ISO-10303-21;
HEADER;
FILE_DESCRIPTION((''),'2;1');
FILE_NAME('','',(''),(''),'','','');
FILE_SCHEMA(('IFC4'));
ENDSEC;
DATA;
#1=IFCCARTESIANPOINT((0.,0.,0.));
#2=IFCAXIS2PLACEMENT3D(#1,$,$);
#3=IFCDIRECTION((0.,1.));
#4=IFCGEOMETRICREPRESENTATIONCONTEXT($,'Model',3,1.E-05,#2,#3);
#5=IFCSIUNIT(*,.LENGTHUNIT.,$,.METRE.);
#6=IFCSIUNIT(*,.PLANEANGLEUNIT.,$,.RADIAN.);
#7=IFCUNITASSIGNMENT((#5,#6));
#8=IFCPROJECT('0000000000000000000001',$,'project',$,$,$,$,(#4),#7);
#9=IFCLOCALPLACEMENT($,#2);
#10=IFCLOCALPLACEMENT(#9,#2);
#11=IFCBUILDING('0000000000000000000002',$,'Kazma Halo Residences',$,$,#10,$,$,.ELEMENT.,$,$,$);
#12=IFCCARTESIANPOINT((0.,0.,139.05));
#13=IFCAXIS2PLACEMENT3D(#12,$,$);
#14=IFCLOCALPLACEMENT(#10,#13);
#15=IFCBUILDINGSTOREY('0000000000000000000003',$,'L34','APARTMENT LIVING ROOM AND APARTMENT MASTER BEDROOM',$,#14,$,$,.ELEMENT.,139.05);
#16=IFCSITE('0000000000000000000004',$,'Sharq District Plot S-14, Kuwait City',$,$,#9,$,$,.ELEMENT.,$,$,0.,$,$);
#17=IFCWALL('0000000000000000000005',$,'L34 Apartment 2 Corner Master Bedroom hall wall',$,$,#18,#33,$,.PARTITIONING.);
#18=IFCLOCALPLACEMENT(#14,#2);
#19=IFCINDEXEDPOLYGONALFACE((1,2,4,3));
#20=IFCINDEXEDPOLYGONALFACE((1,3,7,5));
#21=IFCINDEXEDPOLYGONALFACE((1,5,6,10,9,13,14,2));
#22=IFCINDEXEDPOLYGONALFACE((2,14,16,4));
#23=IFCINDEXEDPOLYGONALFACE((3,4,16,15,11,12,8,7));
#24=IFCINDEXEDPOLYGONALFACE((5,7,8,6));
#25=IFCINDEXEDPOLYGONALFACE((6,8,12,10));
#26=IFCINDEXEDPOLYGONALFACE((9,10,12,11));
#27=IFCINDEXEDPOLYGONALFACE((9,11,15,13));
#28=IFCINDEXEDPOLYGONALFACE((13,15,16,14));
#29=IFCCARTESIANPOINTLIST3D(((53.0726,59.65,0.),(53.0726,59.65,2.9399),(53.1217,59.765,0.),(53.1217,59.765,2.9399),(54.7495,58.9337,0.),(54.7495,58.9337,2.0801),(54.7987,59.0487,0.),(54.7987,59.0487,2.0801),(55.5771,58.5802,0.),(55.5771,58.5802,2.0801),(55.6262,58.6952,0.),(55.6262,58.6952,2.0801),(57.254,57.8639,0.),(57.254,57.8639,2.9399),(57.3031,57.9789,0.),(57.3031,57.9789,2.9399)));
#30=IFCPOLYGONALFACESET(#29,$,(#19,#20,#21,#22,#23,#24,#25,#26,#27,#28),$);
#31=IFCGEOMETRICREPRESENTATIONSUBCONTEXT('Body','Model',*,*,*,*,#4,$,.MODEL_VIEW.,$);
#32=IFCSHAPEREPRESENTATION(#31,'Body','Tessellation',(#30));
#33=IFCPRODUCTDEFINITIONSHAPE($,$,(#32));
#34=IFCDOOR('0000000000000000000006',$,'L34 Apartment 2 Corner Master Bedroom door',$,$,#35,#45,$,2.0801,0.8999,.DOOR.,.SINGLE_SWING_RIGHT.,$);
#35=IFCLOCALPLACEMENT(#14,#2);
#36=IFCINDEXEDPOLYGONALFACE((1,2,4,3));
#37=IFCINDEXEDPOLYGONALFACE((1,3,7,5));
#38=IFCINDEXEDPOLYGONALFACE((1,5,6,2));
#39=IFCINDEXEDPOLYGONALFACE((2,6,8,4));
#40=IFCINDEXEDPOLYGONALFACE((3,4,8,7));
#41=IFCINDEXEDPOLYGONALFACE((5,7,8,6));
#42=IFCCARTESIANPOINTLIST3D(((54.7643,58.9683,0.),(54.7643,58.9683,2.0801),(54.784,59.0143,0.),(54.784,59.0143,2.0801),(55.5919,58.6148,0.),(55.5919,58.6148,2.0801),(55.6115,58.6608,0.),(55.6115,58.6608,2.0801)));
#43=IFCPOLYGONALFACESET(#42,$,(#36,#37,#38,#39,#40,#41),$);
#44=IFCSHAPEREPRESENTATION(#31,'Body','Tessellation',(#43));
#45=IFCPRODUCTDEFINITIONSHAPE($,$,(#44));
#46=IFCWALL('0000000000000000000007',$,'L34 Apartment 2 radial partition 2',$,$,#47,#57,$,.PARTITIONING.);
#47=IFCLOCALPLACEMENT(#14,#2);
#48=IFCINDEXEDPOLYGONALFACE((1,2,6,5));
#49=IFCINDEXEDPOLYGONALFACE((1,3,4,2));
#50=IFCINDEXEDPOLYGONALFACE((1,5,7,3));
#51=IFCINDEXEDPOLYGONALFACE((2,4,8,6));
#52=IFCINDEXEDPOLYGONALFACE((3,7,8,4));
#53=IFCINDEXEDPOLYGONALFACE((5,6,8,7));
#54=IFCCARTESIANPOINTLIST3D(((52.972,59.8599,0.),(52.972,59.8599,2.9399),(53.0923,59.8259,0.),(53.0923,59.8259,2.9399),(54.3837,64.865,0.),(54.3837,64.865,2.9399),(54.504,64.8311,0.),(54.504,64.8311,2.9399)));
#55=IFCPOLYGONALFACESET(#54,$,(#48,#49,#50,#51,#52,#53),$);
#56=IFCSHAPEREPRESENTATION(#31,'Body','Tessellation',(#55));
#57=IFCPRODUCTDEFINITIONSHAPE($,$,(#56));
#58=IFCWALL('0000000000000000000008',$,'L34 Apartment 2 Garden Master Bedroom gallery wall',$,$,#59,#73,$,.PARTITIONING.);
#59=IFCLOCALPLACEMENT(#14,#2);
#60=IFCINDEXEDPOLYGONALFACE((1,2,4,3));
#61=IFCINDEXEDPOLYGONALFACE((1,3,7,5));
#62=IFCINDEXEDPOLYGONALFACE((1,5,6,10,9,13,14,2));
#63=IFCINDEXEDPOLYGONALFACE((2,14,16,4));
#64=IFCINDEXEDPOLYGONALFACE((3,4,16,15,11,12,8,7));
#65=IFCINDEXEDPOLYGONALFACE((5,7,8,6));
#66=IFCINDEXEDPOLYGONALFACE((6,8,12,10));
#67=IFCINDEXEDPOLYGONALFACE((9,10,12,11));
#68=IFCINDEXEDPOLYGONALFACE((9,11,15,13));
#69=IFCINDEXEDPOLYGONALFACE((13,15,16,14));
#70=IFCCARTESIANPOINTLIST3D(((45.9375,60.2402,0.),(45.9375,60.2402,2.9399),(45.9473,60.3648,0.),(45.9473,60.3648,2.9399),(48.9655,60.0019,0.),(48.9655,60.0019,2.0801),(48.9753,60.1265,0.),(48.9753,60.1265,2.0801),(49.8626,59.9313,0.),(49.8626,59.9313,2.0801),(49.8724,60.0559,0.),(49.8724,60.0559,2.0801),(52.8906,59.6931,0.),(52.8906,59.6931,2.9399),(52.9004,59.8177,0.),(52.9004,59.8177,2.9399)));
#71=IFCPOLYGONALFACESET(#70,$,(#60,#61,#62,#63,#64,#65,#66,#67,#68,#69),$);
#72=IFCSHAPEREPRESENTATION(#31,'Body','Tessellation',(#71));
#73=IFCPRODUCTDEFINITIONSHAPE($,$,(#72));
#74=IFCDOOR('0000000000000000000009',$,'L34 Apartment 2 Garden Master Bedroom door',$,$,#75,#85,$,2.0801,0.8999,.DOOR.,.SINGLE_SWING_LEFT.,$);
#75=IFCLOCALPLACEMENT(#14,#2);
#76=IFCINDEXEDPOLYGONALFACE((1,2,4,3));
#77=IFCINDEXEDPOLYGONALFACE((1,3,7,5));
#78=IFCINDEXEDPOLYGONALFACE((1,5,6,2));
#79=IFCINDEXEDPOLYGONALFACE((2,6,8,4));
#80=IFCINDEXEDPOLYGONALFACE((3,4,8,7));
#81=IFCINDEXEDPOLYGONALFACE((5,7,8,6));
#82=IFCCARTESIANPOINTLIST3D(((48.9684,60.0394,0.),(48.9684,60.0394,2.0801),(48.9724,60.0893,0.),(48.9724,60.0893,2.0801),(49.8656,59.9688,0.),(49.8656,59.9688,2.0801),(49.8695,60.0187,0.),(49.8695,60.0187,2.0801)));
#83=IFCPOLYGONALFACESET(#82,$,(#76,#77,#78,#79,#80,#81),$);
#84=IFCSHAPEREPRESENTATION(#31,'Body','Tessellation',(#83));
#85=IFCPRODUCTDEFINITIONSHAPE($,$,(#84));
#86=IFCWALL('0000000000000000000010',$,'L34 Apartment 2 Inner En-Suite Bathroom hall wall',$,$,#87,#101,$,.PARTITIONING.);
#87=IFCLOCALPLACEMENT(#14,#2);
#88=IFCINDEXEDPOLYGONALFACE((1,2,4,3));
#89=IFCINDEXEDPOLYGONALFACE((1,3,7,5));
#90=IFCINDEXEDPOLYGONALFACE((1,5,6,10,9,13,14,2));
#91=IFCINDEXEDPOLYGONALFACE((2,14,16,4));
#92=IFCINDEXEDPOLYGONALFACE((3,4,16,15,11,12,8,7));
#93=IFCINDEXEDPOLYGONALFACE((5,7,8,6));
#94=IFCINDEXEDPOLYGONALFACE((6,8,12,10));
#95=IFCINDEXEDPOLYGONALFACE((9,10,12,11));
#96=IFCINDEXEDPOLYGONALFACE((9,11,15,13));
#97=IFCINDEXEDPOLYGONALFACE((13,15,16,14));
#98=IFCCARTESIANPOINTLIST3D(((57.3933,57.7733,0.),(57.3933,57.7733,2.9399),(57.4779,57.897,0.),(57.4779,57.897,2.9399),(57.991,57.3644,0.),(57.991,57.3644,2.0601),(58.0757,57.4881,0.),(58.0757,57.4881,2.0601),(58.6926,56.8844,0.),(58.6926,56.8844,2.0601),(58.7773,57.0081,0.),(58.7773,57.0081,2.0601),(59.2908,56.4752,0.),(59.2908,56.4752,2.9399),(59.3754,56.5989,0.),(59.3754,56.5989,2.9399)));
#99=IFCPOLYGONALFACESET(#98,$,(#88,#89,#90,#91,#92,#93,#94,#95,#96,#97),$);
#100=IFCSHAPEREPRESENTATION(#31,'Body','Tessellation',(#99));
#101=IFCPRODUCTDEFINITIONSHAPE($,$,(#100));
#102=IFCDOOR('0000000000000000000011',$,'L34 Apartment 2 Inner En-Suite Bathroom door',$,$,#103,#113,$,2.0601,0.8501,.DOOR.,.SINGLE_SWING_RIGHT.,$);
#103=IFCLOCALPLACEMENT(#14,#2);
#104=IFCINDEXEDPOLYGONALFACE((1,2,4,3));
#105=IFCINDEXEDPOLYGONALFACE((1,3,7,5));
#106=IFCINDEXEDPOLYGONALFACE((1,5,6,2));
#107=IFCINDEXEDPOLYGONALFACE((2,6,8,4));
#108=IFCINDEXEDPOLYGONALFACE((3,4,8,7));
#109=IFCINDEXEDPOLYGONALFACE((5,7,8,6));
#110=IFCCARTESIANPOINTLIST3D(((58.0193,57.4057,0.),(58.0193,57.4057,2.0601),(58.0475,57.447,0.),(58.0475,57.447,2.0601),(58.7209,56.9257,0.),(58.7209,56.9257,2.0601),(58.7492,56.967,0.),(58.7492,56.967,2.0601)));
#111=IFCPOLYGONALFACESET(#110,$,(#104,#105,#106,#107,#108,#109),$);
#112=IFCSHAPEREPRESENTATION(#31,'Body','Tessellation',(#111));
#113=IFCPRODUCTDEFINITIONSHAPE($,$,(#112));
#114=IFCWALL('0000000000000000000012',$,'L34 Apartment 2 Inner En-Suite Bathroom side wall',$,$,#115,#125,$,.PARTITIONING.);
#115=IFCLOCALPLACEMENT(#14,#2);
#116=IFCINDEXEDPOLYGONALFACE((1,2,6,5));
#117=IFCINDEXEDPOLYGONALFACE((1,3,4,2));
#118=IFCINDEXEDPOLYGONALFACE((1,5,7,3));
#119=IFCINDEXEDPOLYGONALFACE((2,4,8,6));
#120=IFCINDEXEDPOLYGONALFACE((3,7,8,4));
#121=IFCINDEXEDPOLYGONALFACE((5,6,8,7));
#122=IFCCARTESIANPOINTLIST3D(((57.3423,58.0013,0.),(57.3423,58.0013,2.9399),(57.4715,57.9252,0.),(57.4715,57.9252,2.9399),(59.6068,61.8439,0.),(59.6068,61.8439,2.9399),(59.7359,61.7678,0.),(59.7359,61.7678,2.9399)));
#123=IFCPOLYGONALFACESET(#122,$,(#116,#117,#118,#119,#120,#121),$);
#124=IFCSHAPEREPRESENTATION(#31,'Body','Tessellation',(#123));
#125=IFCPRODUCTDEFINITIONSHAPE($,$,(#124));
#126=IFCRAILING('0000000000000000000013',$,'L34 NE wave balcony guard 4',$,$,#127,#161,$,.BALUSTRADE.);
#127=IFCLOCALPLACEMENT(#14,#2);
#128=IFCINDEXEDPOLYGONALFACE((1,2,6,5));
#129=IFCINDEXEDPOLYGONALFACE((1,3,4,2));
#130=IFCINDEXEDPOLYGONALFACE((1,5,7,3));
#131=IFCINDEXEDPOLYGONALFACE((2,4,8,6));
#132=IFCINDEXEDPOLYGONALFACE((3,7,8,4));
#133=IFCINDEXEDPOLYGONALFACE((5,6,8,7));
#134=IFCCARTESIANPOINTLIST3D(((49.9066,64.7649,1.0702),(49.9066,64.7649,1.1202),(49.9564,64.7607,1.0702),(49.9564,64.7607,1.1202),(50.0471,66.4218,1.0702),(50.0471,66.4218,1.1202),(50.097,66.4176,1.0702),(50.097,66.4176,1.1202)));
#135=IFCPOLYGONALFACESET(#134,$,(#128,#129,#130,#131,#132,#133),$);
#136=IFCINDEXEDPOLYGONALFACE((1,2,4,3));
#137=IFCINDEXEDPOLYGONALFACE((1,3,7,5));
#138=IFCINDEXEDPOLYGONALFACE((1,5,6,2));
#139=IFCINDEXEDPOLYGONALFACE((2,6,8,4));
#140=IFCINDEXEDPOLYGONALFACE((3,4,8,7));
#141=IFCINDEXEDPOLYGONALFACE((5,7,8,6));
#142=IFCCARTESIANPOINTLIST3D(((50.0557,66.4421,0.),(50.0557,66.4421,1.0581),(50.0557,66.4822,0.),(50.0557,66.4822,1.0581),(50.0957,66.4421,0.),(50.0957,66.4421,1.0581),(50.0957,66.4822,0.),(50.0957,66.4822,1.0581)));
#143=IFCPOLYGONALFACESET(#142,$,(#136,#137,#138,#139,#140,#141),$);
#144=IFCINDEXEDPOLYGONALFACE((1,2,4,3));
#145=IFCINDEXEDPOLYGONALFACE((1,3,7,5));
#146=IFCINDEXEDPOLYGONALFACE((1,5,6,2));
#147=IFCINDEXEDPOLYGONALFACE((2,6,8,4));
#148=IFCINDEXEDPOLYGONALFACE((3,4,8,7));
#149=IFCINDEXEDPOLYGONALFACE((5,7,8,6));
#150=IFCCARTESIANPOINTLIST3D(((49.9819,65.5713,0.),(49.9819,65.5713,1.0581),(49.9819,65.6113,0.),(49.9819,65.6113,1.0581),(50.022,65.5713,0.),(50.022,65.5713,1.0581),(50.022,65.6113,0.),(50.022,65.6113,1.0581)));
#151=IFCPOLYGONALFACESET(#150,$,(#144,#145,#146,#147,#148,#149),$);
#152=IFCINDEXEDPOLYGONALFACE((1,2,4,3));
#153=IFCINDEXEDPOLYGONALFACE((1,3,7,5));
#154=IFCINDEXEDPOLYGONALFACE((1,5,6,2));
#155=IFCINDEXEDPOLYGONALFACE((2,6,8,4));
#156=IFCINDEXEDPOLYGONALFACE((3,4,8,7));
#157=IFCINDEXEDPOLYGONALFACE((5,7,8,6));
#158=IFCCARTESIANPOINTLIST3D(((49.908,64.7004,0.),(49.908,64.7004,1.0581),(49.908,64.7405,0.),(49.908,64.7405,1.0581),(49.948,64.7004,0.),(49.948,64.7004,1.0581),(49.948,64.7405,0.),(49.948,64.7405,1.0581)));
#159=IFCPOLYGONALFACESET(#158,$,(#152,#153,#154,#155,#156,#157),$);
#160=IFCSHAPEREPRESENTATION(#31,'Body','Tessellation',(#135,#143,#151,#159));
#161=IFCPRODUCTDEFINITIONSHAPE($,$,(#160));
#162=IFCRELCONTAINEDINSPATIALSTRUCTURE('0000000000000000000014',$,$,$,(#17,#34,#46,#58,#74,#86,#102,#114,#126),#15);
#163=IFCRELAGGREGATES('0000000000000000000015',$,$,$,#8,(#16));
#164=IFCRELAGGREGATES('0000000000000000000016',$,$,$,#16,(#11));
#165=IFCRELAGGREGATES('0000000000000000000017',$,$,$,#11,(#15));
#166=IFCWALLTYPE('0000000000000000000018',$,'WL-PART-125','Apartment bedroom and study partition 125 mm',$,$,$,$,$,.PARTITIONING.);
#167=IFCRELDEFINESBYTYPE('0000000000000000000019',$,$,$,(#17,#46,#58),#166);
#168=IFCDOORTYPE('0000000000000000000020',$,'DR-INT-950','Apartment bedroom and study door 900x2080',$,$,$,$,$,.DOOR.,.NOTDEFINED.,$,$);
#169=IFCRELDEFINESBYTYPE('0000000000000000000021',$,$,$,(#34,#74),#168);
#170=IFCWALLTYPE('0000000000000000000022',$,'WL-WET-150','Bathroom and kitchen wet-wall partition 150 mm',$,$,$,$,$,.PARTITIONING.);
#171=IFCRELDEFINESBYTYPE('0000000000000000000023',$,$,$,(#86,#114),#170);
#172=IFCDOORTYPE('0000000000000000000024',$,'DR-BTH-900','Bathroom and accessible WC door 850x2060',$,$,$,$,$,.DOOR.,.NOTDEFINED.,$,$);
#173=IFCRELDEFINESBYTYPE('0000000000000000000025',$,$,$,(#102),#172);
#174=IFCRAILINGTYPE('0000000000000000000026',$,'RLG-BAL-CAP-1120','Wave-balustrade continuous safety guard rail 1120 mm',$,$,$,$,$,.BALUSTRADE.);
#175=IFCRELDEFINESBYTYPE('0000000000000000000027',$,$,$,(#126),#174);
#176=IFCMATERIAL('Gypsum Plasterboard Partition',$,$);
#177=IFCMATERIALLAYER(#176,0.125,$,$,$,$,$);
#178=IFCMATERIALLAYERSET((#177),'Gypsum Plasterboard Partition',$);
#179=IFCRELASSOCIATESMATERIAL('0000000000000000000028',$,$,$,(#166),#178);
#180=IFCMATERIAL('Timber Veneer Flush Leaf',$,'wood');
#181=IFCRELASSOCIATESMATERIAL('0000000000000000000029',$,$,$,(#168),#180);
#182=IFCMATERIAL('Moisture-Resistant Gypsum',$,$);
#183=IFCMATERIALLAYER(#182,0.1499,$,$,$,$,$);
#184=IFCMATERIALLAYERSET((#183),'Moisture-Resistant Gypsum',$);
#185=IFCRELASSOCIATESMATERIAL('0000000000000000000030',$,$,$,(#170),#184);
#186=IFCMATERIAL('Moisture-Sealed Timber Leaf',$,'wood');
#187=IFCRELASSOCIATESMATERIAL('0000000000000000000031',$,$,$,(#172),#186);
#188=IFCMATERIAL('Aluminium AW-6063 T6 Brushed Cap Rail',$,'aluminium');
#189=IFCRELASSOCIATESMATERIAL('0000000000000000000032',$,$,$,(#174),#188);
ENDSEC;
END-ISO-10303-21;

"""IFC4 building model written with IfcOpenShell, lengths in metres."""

from ifc_helpers import new_model, si_unit, direction, frame, frame_2d, origin, origin_2d, place, context, subcontext, project, spatial, rectangle, extrude, material, layer, layer_set, type_object, element, fill, save


model = new_model("IFC4")

# Units and contexts
model_context = context("Model", 3, precision=1e-05, world=origin(), true_north=direction((0.0, 1.0)))
body_context = subcontext(model_context, "Body", "Model", "MODEL_VIEW")
ifc_project = project(units=[si_unit("LENGTHUNIT", "METRE"), si_unit("PLANEANGLEUNIT", "RADIAN")], contexts=[model_context])

# Site, building, storey
site_placement = place(None, origin())
site = spatial("IfcSite", under=ifc_project, at=site_placement, Name="Sharq District Plot S-14, Kuwait City", CompositionType="ELEMENT", RefElevation=0.0)
building_placement = place(site_placement, origin())
building = spatial("IfcBuilding", under=site, at=building_placement, Name="Kazma Halo Residences", CompositionType="ELEMENT")
storey_placement = place(building_placement, frame((0.0, 0.0, 139.05)))
storey = spatial("IfcBuildingStorey", under=building, at=storey_placement, Name="L34", Description="APARTMENT LIVING ROOM AND APARTMENT MASTER BEDROOM", CompositionType="ELEMENT", Elevation=139.05)

# Shared definitions
ifc_material_1 = material(Name="Gypsum Plasterboard Partition")
ifc_layer_1 = layer(ifc_material_1, 0.125)
ifc_layer_set_1 = layer_set([ifc_layer_1], Name="Gypsum Plasterboard Partition")
wall_type_1 = type_object("IfcWallType", Name="WL-PART-125", Description="Apartment bedroom and study partition 125 mm", PredefinedType="PARTITIONING", material=ifc_layer_set_1)

# Wall, opening, door
wall_1_placement = place(storey_placement, frame((57.2786, 57.9214, 0.0), z_axis=(0.0, 0.0, 1.0), x_axis=(-0.919614, 0.392824, 0.0)))
wall_1 = element("IfcWall", 1, at=wall_1_placement, inside=storey, type_object=wall_type_1, Name="L34 Apartment 2 Corner Master Bedroom hall wall", PredefinedType="PARTITIONING", context=body_context, shape_type="SweptSolid", body=[
    extrude(rectangle(XDim=4.5469, YDim=0.125, at=frame_2d((2.2734, 0.0))), origin(), (0.0, 0.0, 1.0), 2.9399),
])
opening_1_placement = place(wall_1_placement, frame((1.8235, 0.0, 0.0)))
opening_1 = element("IfcOpeningElement", 2, at=opening_1_placement, cuts=wall_1, PredefinedType="OPENING", context=body_context, shape_type="SweptSolid", body=[
    extrude(rectangle(XDim=0.8999, YDim=2.0801, at=frame_2d((0.45, 1.04))), frame((0.0, 0.0725, 0.0), z_axis=(0.0, -1.0, 0.0), x_axis=(1.0, 0.0, 0.0)), (0.0, 0.0, 1.0), 0.145),
])
ifc_material_2 = material(Name="Timber Veneer Flush Leaf", Category="wood")
door_type_1 = type_object("IfcDoorType", Name="DR-INT-950", Description="Apartment bedroom and study door 900x2080", OperationType="NOTDEFINED", PredefinedType="DOOR", material=ifc_material_2)
door_1_placement = place(opening_1_placement, origin())
door_1 = element("IfcDoor", 3, at=door_1_placement, inside=storey, type_object=door_type_1, Name="L34 Apartment 2 Corner Master Bedroom door", OperationType="SINGLE_SWING_RIGHT", OverallHeight=2.0801, OverallWidth=0.8999, PredefinedType="DOOR", context=body_context, shape_type="SweptSolid", body=[
    extrude(rectangle(XDim=0.8999, YDim=2.0801, at=frame_2d((0.45, 1.04))), frame((0.0, 0.0249, 0.0), z_axis=(0.0, -1.0, 0.0), x_axis=(1.0, 0.0, 0.0)), (0.0, 0.0, 1.0), 0.05),
])
fill(opening_1, door_1)

# Wall
wall_2_placement = place(storey_placement, frame((53.0322, 59.843, 0.0), z_axis=(0.0, 0.0, 1.0), x_axis=(0.271446, 0.962454, 0.0)))
element("IfcWall", 4, at=wall_2_placement, inside=storey, type_object=wall_type_1, Name="L34 Apartment 2 radial partition 2", PredefinedType="PARTITIONING", context=body_context, shape_type="SweptSolid", body=[
    extrude(rectangle(XDim=5.2004, YDim=0.125, at=frame_2d((2.6001, 0.0))), origin(), (0.0, 0.0, 1.0), 2.9399),
])

# Walls, openings, doors
wall_3_placement = place(storey_placement, frame((52.8955, 59.7554, 0.0), z_axis=(0.0, 0.0, 1.0), x_axis=(-0.996918, 0.078444, 0.0)))
wall_3 = element("IfcWall", 5, at=wall_3_placement, inside=storey, type_object=wall_type_1, Name="L34 Apartment 2 Garden Master Bedroom gallery wall", PredefinedType="PARTITIONING", context=body_context, shape_type="SweptSolid", body=[
    extrude(rectangle(XDim=6.9746, YDim=0.125, at=frame_2d((3.4873, 0.0))), origin(), (0.0, 0.0, 1.0), 2.9399),
])
opening_2_placement = place(wall_3_placement, frame((3.0374, 0.0, 0.0)))
opening_2 = element("IfcOpeningElement", 6, at=opening_2_placement, cuts=wall_3, PredefinedType="OPENING", context=body_context, shape_type="SweptSolid", body=[
    extrude(rectangle(XDim=0.8999, YDim=2.0801, at=frame_2d((0.45, 1.04))), frame((0.0, 0.0725, 0.0), z_axis=(0.0, -1.0, 0.0), x_axis=(1.0, 0.0, 0.0)), (0.0, 0.0, 1.0), 0.145),
])
door_2_placement = place(opening_2_placement, origin())
door_2 = element("IfcDoor", 7, at=door_2_placement, inside=storey, type_object=door_type_1, Name="L34 Apartment 2 Garden Master Bedroom door", OperationType="SINGLE_SWING_LEFT", OverallHeight=2.0801, OverallWidth=0.8999, PredefinedType="DOOR", context=body_context, shape_type="SweptSolid", body=[
    extrude(rectangle(XDim=0.8999, YDim=2.0801, at=frame_2d((0.45, 1.04))), frame((0.0, 0.0249, 0.0), z_axis=(0.0, -1.0, 0.0), x_axis=(1.0, 0.0, 0.0)), (0.0, 0.0, 1.0), 0.05),
])
fill(opening_2, door_2)
ifc_material_3 = material(Name="Moisture-Resistant Gypsum")
ifc_layer_2 = layer(ifc_material_3, 0.1499)
ifc_layer_set_2 = layer_set([ifc_layer_2], Name="Moisture-Resistant Gypsum")
wall_type_2 = type_object("IfcWallType", Name="WL-WET-150", Description="Bathroom and kitchen wet-wall partition 150 mm", PredefinedType="PARTITIONING", material=ifc_layer_set_2)
wall_4_placement = place(storey_placement, frame((59.333, 56.5371, 0.0), z_axis=(0.0, 0.0, 1.0), x_axis=(-0.825341, 0.564634, 0.0)))
wall_4 = element("IfcWall", 8, at=wall_4_placement, inside=storey, type_object=wall_type_2, Name="L34 Apartment 2 Inner En-Suite Bathroom hall wall", PredefinedType="PARTITIONING", context=body_context, shape_type="SweptSolid", body=[
    extrude(rectangle(XDim=2.2991, YDim=0.1499, at=frame_2d((1.1494, 0.0))), origin(), (0.0, 0.0, 1.0), 2.9399),
])
opening_3_placement = place(wall_4_placement, frame((0.7246, 0.0, 0.0)))
opening_3 = element("IfcOpeningElement", 9, at=opening_3_placement, cuts=wall_4, PredefinedType="OPENING", context=body_context, shape_type="SweptSolid", body=[
    extrude(rectangle(XDim=0.8501, YDim=2.0601, at=frame_2d((0.425, 1.03))), frame((0.0, 0.085, 0.0), z_axis=(0.0, -1.0, 0.0), x_axis=(1.0, 0.0, 0.0)), (0.0, 0.0, 1.0), 0.1699),
])
ifc_material_4 = material(Name="Moisture-Sealed Timber Leaf", Category="wood")
door_type_2 = type_object("IfcDoorType", Name="DR-BTH-900", Description="Bathroom and accessible WC door 850x2060", OperationType="NOTDEFINED", PredefinedType="DOOR", material=ifc_material_4)
door_3_placement = place(opening_3_placement, origin())
door_3 = element("IfcDoor", 10, at=door_3_placement, inside=storey, type_object=door_type_2, Name="L34 Apartment 2 Inner En-Suite Bathroom door", OperationType="SINGLE_SWING_RIGHT", OverallHeight=2.0601, OverallWidth=0.8501, PredefinedType="DOOR", context=body_context, shape_type="SweptSolid", body=[
    extrude(rectangle(XDim=0.8501, YDim=2.0601, at=frame_2d((0.425, 1.03))), frame((0.0, 0.0249, 0.0), z_axis=(0.0, -1.0, 0.0), x_axis=(1.0, 0.0, 0.0)), (0.0, 0.0, 1.0), 0.05),
])
fill(opening_3, door_3)

# Wall
wall_5_placement = place(storey_placement, frame((57.407, 57.9634, 0.0), z_axis=(0.0, 0.0, 1.0), x_axis=(0.507702, 0.861533, 0.0)))
element("IfcWall", 11, at=wall_5_placement, inside=storey, type_object=wall_type_2, Name="L34 Apartment 2 Inner En-Suite Bathroom side wall", PredefinedType="PARTITIONING", context=body_context, shape_type="SweptSolid", body=[
    extrude(rectangle(XDim=4.4602, YDim=0.1499, at=frame_2d((2.23, 0.0))), origin(), (0.0, 0.0, 1.0), 2.9399),
])

# Railing
ifc_material_5 = material(Name="Aluminium AW-6063 T6 Brushed Cap Rail", Category="aluminium")
railing_type = type_object("IfcRailingType", Name="RLG-BAL-CAP-1120", Description="Wave-balustrade continuous safety guard rail 1120 mm", PredefinedType="BALUSTRADE", material=ifc_material_5)
railing_1_placement = place(storey_placement, frame((50.0757, 66.4622, 0.0)))
element("IfcRailing", 12, at=railing_1_placement, inside=storey, type_object=railing_type, Name="L34 NE wave balcony guard 4", PredefinedType="BALUSTRADE", context=body_context, shape_type="SweptSolid", body=[
    extrude(rectangle(XDim=0.05, YDim=0.05, at=origin_2d()), frame((-0.0037, -0.0425, 1.0952), z_axis=(-0.084502, -0.996423, 0.0), x_axis=(0.996423, -0.084502, 0.0)), (0.0, 0.0, 1.0), 1.6628),
    extrude(rectangle(XDim=0.04, YDim=0.04, at=origin_2d()), origin(), (0.0, 0.0, 1.0), 1.0581),
    extrude(rectangle(XDim=0.04, YDim=0.04, at=origin_2d()), frame((-0.0737, -0.8708, 0.0)), (0.0, 0.0, 1.0), 1.0581),
    extrude(rectangle(XDim=0.04, YDim=0.04, at=origin_2d()), frame((-0.1477, -1.7417, 0.0)), (0.0, 0.0, 1.0), 1.0581),
])

save(model, "model.ifc")
